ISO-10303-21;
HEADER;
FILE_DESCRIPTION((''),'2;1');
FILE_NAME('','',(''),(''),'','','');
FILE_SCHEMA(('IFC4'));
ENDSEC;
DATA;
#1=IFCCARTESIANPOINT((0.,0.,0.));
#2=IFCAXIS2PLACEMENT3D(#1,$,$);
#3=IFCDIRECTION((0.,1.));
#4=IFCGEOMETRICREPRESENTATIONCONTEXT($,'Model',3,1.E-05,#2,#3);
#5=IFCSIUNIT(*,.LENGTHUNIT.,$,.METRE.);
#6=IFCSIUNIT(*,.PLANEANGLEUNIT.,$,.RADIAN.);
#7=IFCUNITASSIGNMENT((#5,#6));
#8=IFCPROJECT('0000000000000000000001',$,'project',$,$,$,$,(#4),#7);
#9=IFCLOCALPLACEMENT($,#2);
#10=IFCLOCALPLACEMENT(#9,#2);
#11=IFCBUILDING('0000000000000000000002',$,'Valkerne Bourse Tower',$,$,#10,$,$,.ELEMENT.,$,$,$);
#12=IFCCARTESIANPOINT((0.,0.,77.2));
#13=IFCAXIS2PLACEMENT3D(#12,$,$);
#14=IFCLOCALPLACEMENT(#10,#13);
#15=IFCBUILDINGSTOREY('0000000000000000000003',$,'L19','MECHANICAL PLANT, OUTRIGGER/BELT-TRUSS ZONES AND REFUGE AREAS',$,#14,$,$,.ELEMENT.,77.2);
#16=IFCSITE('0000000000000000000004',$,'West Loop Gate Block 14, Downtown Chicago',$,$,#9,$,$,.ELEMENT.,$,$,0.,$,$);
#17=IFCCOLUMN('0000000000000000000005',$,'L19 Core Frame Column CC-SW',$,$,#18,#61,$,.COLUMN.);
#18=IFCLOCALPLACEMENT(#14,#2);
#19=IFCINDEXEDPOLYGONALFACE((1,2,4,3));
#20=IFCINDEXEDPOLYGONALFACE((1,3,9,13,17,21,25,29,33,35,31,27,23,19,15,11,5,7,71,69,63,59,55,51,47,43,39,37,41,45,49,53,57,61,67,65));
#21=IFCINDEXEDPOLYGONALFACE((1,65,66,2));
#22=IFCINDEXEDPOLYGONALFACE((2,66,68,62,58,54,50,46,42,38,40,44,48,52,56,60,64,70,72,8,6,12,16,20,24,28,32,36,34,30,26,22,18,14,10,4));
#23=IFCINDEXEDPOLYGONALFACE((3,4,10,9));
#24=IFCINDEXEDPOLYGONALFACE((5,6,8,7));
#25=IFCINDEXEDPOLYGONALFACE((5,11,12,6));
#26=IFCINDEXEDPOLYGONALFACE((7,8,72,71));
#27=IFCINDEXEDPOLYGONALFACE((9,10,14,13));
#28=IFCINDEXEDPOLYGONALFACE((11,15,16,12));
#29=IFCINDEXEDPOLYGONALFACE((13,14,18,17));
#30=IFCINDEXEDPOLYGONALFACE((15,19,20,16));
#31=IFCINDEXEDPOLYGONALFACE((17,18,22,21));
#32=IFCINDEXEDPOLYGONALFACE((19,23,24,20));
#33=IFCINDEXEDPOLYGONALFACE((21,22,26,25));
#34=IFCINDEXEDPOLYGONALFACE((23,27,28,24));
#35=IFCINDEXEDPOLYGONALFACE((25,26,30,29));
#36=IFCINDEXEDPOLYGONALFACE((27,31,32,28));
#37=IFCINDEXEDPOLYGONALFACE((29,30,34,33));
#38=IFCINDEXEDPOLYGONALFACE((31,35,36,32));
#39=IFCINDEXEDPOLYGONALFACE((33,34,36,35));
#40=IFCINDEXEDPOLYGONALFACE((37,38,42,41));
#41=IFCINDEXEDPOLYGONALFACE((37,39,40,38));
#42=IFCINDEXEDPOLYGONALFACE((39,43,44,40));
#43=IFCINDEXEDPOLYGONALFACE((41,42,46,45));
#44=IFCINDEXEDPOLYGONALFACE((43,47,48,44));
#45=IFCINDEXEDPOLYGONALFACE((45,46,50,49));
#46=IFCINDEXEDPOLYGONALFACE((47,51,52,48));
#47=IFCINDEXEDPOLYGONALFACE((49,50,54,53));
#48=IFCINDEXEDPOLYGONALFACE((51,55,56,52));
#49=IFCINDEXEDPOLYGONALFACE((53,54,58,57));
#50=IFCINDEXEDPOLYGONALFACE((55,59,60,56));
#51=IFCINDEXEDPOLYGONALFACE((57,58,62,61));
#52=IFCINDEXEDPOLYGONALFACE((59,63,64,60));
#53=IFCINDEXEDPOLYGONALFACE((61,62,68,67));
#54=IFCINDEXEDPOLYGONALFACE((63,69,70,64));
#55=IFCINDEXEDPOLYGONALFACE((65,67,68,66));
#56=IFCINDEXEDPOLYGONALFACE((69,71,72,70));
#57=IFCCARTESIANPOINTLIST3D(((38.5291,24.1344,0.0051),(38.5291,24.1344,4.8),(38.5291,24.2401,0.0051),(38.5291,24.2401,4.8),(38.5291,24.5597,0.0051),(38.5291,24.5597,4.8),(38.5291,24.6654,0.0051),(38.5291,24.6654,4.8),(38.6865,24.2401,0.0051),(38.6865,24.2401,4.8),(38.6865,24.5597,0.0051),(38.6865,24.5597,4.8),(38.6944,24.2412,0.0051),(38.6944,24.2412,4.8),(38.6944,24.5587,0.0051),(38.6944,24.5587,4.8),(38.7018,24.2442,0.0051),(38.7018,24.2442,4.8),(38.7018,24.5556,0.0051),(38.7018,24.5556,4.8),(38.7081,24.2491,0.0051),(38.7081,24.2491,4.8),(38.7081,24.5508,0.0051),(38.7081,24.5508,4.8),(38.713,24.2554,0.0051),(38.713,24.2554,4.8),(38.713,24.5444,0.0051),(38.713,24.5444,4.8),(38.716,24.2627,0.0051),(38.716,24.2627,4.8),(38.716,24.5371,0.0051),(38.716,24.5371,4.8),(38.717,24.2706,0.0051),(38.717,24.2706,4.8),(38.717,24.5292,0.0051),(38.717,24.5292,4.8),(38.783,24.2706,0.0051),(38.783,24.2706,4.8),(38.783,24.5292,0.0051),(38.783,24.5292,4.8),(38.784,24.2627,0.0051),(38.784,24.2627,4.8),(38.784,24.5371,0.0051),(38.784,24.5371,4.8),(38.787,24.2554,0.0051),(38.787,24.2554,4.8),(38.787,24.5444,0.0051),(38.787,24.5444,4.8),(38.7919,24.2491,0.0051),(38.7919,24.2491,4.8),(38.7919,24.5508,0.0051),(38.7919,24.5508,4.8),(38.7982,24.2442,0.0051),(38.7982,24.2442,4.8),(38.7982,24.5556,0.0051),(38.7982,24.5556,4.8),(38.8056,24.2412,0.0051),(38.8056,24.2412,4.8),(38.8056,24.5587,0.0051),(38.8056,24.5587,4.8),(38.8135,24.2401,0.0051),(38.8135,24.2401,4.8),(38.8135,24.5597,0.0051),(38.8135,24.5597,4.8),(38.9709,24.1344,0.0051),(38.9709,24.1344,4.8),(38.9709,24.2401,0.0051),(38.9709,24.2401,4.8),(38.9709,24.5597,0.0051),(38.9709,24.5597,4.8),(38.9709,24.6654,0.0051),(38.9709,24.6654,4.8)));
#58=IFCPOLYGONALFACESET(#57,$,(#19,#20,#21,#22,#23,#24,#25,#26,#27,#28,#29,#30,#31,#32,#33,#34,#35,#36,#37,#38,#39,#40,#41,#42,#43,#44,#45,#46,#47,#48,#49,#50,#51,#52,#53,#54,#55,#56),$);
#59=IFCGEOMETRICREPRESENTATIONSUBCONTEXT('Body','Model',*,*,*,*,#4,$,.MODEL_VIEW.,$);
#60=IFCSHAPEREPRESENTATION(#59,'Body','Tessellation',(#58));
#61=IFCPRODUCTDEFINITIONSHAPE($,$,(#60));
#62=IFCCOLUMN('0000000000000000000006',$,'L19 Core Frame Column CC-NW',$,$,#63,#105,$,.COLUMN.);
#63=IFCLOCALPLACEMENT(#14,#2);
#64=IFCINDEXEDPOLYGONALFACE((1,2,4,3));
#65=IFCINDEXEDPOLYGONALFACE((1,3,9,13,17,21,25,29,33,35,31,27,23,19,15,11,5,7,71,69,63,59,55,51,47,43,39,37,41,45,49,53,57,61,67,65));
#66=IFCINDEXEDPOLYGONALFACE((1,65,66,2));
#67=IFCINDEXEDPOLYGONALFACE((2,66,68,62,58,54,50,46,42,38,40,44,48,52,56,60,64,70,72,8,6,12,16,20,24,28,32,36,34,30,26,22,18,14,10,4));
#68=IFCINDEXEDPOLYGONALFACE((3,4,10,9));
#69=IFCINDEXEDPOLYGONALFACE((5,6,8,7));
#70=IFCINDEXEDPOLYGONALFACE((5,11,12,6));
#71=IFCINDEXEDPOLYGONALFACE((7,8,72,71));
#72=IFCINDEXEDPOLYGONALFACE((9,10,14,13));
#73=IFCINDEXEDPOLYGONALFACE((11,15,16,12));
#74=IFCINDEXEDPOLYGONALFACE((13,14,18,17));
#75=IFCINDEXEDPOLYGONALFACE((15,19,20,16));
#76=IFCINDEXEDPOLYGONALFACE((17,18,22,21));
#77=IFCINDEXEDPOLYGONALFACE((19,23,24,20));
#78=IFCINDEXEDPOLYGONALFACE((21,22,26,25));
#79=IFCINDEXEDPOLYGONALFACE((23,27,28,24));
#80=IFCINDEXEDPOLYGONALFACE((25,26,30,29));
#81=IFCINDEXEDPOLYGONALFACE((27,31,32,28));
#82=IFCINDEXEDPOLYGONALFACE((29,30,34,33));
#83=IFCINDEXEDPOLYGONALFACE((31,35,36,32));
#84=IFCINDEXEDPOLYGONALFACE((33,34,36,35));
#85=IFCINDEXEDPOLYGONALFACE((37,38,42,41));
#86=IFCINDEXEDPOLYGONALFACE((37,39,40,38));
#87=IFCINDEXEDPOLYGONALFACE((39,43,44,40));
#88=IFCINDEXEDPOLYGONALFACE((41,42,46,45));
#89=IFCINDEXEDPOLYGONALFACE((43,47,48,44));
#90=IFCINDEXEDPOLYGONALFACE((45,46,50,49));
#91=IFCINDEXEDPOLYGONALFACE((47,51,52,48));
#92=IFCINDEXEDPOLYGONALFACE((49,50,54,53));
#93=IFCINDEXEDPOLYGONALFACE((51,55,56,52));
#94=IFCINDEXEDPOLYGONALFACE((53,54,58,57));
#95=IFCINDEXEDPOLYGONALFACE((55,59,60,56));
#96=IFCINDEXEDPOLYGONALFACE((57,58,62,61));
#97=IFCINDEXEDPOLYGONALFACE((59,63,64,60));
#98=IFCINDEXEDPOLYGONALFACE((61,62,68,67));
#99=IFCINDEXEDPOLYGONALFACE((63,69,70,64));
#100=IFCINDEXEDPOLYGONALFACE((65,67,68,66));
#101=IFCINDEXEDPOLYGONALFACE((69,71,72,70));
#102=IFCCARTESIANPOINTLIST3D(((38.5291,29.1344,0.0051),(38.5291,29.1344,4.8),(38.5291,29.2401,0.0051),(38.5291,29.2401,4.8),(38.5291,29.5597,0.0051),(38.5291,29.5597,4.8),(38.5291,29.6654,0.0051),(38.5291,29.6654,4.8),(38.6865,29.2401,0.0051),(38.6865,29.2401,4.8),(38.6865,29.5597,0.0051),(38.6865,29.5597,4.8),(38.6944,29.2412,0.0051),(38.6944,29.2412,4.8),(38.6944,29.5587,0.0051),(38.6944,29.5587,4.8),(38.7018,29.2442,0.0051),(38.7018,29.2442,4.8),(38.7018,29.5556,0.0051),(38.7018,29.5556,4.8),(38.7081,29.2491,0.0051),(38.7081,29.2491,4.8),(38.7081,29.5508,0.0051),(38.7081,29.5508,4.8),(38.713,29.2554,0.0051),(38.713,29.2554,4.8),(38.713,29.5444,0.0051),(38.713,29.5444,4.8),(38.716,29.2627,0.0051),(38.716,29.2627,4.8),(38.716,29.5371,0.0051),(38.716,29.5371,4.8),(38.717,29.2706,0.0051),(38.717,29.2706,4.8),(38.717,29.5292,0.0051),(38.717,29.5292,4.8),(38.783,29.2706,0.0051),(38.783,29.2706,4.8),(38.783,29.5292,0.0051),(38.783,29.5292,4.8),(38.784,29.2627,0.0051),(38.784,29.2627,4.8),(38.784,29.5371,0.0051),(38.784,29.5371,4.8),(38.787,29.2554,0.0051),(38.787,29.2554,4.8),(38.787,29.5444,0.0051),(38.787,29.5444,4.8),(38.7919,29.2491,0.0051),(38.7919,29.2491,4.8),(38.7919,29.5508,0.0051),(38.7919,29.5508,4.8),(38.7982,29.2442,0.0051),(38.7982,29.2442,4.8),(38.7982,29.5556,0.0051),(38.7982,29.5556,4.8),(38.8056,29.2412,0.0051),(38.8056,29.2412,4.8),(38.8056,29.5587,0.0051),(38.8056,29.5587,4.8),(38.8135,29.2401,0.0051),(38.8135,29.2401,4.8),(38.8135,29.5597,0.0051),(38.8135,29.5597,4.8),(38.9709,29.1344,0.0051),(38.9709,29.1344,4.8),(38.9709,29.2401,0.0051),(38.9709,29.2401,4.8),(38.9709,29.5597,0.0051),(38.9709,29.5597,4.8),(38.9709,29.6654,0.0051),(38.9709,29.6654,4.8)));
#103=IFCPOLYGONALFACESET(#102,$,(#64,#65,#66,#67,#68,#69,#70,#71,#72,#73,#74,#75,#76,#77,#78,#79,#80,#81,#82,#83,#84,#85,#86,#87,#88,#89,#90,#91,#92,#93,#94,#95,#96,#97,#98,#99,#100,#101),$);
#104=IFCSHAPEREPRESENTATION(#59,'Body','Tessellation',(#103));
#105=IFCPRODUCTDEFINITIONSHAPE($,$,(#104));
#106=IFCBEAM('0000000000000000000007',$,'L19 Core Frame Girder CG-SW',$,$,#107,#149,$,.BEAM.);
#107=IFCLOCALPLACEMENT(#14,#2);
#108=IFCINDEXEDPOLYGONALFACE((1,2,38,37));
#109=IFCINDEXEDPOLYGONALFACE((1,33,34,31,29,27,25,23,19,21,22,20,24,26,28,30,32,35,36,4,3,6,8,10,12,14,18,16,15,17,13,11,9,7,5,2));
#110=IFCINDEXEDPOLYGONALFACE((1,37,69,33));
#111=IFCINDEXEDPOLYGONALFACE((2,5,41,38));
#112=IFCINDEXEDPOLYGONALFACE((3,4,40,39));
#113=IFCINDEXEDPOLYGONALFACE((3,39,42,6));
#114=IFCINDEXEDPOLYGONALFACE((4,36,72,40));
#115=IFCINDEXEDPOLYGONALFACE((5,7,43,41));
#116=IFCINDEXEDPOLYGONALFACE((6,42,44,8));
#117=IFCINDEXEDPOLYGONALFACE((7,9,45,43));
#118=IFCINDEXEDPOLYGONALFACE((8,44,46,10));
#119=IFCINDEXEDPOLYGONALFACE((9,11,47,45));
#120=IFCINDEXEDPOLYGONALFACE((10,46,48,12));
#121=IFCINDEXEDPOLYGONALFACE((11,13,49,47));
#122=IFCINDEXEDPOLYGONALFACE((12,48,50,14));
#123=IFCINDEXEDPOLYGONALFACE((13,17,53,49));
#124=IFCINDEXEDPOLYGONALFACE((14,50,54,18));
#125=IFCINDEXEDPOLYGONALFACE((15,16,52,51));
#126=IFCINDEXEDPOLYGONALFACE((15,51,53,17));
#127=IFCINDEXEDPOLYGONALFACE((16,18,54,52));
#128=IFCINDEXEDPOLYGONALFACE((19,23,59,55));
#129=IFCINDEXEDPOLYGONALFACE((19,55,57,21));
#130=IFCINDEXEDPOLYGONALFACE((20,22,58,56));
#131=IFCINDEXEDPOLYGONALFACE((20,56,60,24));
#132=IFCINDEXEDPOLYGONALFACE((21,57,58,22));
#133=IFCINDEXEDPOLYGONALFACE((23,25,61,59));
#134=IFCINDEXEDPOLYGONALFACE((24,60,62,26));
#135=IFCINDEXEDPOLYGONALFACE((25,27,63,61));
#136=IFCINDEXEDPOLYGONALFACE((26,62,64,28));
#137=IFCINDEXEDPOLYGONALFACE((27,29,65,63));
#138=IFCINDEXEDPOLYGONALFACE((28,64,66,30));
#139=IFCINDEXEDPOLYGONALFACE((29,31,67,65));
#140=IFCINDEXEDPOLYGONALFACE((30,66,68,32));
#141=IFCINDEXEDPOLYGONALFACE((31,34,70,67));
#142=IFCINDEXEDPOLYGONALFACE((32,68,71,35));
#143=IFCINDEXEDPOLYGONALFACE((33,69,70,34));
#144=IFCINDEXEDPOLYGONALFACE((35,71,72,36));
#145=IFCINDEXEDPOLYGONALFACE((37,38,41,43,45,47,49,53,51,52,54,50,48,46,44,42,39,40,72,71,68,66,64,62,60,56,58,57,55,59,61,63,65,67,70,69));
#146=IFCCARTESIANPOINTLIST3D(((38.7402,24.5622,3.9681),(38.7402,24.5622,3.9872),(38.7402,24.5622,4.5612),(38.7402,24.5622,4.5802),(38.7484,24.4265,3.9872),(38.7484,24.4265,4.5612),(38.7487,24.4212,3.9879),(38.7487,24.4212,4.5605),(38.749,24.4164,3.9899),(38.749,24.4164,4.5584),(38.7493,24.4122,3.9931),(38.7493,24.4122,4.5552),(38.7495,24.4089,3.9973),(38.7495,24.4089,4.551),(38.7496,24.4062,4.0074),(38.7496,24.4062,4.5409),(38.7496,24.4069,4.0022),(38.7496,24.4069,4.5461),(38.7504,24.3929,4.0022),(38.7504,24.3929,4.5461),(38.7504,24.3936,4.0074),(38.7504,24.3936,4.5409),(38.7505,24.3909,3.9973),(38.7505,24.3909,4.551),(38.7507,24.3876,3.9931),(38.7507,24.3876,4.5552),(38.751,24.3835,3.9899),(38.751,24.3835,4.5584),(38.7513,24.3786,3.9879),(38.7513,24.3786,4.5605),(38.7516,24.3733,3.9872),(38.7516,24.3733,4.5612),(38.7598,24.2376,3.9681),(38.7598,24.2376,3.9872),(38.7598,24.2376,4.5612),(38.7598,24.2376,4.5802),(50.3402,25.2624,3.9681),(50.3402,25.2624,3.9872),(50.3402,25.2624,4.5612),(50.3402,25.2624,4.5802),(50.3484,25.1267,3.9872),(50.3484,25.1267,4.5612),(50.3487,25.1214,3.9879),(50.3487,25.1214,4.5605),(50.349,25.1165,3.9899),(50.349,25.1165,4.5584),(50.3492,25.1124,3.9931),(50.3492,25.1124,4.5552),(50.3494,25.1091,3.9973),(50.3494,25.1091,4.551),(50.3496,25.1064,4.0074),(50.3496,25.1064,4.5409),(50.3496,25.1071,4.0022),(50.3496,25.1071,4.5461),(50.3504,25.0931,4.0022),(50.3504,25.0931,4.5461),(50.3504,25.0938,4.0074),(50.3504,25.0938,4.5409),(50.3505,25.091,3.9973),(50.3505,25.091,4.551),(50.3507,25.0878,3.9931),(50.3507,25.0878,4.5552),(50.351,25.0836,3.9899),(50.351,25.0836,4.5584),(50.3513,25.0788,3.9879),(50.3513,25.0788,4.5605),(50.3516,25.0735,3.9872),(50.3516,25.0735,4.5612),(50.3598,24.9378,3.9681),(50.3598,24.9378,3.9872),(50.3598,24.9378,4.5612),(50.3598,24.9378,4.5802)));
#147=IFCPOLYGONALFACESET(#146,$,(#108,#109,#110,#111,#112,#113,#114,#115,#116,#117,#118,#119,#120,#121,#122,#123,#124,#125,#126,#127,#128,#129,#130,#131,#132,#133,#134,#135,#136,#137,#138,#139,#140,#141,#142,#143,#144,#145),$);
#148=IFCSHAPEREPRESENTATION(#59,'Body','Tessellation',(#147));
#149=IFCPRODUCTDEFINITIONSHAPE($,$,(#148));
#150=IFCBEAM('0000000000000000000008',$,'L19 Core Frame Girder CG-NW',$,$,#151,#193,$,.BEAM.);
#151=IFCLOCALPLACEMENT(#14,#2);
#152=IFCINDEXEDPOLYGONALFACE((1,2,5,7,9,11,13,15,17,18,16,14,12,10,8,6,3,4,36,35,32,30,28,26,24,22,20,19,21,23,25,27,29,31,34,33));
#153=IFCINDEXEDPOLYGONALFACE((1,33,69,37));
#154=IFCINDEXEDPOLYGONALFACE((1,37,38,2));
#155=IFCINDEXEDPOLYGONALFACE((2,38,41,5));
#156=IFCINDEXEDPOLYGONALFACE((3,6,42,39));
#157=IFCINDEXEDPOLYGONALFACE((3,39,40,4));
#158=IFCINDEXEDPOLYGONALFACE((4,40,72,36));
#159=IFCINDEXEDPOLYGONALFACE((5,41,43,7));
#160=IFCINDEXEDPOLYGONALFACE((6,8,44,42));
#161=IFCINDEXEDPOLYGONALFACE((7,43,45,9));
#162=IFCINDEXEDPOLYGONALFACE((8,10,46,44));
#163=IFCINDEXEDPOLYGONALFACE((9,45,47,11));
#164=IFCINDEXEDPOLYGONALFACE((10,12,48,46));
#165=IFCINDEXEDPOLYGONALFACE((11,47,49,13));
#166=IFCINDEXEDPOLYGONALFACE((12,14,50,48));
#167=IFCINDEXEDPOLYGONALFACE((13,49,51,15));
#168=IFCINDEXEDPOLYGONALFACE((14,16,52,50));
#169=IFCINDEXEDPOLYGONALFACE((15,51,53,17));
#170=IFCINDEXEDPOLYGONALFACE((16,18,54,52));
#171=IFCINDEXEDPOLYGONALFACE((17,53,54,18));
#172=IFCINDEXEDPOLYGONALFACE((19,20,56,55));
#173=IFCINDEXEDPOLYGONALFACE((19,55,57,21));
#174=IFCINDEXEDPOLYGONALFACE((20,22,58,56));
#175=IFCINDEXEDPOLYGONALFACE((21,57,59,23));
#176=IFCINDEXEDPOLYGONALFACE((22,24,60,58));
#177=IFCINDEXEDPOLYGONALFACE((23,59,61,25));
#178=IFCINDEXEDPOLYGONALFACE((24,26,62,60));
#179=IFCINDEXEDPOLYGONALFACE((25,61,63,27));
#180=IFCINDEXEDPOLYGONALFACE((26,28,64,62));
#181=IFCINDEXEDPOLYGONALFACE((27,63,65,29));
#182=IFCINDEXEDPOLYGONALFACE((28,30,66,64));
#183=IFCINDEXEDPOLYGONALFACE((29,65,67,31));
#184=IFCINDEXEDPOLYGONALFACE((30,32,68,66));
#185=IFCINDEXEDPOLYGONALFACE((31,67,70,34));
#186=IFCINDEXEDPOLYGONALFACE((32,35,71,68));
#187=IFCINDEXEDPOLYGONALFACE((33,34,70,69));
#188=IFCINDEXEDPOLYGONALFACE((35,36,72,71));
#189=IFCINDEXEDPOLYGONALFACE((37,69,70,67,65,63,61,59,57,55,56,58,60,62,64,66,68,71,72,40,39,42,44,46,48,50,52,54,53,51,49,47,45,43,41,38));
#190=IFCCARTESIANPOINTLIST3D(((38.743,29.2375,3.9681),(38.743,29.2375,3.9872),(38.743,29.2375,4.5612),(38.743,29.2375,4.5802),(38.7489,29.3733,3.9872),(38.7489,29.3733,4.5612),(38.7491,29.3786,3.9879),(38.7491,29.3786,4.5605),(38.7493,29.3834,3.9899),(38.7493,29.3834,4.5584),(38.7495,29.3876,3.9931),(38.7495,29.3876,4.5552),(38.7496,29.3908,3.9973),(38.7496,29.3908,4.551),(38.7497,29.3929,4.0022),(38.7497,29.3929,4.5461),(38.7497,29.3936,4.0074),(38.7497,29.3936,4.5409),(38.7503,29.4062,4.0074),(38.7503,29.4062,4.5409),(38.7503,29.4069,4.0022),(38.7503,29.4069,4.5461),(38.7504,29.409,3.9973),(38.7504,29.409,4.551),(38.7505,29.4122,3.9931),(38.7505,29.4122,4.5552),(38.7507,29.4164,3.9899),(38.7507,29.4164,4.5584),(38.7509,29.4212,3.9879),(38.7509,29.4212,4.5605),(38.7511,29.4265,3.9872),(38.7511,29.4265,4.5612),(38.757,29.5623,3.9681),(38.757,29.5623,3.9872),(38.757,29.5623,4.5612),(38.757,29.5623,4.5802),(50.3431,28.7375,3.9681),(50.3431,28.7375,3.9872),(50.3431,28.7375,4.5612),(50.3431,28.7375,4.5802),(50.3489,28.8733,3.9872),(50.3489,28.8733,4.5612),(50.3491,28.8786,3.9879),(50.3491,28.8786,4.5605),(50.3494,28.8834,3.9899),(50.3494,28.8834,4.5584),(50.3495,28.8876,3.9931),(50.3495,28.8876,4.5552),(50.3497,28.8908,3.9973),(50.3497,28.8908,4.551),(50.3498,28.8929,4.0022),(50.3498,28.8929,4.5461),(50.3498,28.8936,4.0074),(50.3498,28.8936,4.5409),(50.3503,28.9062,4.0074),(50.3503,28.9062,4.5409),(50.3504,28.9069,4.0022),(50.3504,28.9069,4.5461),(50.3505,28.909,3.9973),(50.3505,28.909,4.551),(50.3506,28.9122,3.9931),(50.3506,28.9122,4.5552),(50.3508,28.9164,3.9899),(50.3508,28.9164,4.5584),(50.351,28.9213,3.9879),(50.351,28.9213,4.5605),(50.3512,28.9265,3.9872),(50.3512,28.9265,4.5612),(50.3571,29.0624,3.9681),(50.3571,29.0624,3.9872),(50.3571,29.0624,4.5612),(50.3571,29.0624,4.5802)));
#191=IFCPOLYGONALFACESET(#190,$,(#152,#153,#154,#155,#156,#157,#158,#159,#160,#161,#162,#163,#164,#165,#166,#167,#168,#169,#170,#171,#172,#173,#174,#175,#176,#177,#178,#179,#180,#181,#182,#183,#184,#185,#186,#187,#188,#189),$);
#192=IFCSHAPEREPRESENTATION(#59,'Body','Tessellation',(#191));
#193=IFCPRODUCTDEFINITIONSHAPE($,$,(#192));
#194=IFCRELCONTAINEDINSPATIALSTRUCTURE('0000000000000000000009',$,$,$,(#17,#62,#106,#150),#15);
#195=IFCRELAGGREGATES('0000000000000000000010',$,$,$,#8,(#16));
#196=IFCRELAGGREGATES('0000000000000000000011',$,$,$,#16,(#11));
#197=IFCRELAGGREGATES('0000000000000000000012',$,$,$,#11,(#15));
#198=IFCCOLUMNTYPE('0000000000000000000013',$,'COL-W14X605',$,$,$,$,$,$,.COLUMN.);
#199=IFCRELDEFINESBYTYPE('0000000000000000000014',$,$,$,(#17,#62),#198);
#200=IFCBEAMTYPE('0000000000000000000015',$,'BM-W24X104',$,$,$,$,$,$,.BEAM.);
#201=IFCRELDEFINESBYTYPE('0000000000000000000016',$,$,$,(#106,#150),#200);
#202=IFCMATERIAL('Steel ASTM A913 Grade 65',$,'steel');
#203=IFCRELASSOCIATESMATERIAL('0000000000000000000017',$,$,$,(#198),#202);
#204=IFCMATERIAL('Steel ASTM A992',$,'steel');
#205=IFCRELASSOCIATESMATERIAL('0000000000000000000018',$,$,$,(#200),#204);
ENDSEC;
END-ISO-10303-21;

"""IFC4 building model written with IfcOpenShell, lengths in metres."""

from ifc_helpers import new_model, si_unit, direction, frame, origin, origin_2d, place, context, subcontext, project, spatial, i_section, extrude, material, material_profile, profile_set, type_object, element, save


model = new_model("IFC4")

# Units and contexts
model_context = context("Model", 3, precision=1e-05, world=origin(), true_north=direction((0.0, 1.0)))
body_context = subcontext(model_context, "Body", "Model", "MODEL_VIEW")
ifc_project = project(units=[si_unit("LENGTHUNIT", "METRE"), si_unit("PLANEANGLEUNIT", "RADIAN")], contexts=[model_context])

# Site, building, storey
site_placement = place(None, origin())
site = spatial("IfcSite", under=ifc_project, at=site_placement, Name="West Loop Gate Block 14, Downtown Chicago", CompositionType="ELEMENT", RefElevation=0.0)
building_placement = place(site_placement, origin())
building = spatial("IfcBuilding", under=site, at=building_placement, Name="Valkerne Bourse Tower", CompositionType="ELEMENT")
storey_placement = place(building_placement, frame((0.0, 0.0, 77.2)))
storey = spatial("IfcBuildingStorey", under=building, at=storey_placement, Name="L19", Description="MECHANICAL PLANT, OUTRIGGER/BELT-TRUSS ZONES AND REFUGE AREAS", CompositionType="ELEMENT", Elevation=77.2)

# Columns
ifc_material_1 = material(Name="Steel ASTM A913 Grade 65", Category="steel")
ifc_material_profile_1 = material_profile(ifc_material_1, i_section(OverallWidth=0.4419, OverallDepth=0.531, WebThickness=0.0659, FlangeThickness=0.1057, FilletRadius=0.0305, at=origin_2d()), Name="W14X605")
ifc_profile_set_1 = profile_set([ifc_material_profile_1], Name="Steel ASTM A913 Grade 65")
column_type = type_object("IfcColumnType", Name="COL-W14X605", PredefinedType="COLUMN", material=ifc_profile_set_1)
for number, where, z_axis, x_axis, name in (
    (1, (38.75, 24.3999, 0.0051), (0.0, 0.0, 1.0), (1.0, 0.0, 0.0), "L19 Core Frame Column CC-SW"),
    (2, (38.75, 29.3999, 0.0051), (0.0, 0.0, 1.0), (1.0, 0.0, 0.0), "L19 Core Frame Column CC-NW"),
):
    element("IfcColumn", number, at=place(storey_placement, frame(where, z_axis=z_axis, x_axis=x_axis)), inside=storey, type_object=column_type, Name=name, PredefinedType="COLUMN", context=body_context, shape_type="SweptSolid", body=[
        extrude(i_section(OverallWidth=0.4419, OverallDepth=0.531, WebThickness=0.0659, FlangeThickness=0.1057, FilletRadius=0.0305, at=origin_2d()), origin(), (0.0, 0.0, 1.0), 4.7949),
    ])

# Beams
ifc_material_2 = material(Name="Steel ASTM A992", Category="steel")
ifc_material_profile_2 = material_profile(ifc_material_2, i_section(OverallWidth=0.3252, OverallDepth=0.6121, WebThickness=0.0127, FlangeThickness=0.019, FilletRadius=0.0203, at=origin_2d()), Name="W24X104")
ifc_profile_set_2 = profile_set([ifc_material_profile_2], Name="Steel ASTM A992")
beam_type = type_object("IfcBeamType", Name="BM-W24X104", PredefinedType="BEAM", material=ifc_profile_set_2)
beam_1_placement = place(storey_placement, frame((38.75, 24.3999, 4.2742), z_axis=(0.998183, 0.060251, 0.0), x_axis=(-0.060251, 0.998183, 0.0)))
element("IfcBeam", 3, at=beam_1_placement, inside=storey, type_object=beam_type, Name="L19 Core Frame Girder CG-SW", PredefinedType="BEAM", context=body_context, shape_type="SweptSolid", body=[
    extrude(i_section(OverallWidth=0.3252, OverallDepth=0.6121, WebThickness=0.0127, FlangeThickness=0.019, FilletRadius=0.0203, at=origin_2d()), origin(), (0.0, 0.0, 1.0), 11.6211),
])
beam_2_placement = place(storey_placement, frame((38.75, 29.3999, 4.2742), z_axis=(0.999072, -0.043063, 0.0), x_axis=(0.043063, 0.999072, 0.0)))
element("IfcBeam", 4, at=beam_2_placement, inside=storey, type_object=beam_type, Name="L19 Core Frame Girder CG-NW", PredefinedType="BEAM", context=body_context, shape_type="SweptSolid", body=[
    extrude(i_section(OverallWidth=0.3252, OverallDepth=0.6121, WebThickness=0.0127, FlangeThickness=0.019, FilletRadius=0.0203, at=origin_2d()), origin(), (0.0, 0.0, 1.0), 11.6108),
])

save(model, "model.ifc")
